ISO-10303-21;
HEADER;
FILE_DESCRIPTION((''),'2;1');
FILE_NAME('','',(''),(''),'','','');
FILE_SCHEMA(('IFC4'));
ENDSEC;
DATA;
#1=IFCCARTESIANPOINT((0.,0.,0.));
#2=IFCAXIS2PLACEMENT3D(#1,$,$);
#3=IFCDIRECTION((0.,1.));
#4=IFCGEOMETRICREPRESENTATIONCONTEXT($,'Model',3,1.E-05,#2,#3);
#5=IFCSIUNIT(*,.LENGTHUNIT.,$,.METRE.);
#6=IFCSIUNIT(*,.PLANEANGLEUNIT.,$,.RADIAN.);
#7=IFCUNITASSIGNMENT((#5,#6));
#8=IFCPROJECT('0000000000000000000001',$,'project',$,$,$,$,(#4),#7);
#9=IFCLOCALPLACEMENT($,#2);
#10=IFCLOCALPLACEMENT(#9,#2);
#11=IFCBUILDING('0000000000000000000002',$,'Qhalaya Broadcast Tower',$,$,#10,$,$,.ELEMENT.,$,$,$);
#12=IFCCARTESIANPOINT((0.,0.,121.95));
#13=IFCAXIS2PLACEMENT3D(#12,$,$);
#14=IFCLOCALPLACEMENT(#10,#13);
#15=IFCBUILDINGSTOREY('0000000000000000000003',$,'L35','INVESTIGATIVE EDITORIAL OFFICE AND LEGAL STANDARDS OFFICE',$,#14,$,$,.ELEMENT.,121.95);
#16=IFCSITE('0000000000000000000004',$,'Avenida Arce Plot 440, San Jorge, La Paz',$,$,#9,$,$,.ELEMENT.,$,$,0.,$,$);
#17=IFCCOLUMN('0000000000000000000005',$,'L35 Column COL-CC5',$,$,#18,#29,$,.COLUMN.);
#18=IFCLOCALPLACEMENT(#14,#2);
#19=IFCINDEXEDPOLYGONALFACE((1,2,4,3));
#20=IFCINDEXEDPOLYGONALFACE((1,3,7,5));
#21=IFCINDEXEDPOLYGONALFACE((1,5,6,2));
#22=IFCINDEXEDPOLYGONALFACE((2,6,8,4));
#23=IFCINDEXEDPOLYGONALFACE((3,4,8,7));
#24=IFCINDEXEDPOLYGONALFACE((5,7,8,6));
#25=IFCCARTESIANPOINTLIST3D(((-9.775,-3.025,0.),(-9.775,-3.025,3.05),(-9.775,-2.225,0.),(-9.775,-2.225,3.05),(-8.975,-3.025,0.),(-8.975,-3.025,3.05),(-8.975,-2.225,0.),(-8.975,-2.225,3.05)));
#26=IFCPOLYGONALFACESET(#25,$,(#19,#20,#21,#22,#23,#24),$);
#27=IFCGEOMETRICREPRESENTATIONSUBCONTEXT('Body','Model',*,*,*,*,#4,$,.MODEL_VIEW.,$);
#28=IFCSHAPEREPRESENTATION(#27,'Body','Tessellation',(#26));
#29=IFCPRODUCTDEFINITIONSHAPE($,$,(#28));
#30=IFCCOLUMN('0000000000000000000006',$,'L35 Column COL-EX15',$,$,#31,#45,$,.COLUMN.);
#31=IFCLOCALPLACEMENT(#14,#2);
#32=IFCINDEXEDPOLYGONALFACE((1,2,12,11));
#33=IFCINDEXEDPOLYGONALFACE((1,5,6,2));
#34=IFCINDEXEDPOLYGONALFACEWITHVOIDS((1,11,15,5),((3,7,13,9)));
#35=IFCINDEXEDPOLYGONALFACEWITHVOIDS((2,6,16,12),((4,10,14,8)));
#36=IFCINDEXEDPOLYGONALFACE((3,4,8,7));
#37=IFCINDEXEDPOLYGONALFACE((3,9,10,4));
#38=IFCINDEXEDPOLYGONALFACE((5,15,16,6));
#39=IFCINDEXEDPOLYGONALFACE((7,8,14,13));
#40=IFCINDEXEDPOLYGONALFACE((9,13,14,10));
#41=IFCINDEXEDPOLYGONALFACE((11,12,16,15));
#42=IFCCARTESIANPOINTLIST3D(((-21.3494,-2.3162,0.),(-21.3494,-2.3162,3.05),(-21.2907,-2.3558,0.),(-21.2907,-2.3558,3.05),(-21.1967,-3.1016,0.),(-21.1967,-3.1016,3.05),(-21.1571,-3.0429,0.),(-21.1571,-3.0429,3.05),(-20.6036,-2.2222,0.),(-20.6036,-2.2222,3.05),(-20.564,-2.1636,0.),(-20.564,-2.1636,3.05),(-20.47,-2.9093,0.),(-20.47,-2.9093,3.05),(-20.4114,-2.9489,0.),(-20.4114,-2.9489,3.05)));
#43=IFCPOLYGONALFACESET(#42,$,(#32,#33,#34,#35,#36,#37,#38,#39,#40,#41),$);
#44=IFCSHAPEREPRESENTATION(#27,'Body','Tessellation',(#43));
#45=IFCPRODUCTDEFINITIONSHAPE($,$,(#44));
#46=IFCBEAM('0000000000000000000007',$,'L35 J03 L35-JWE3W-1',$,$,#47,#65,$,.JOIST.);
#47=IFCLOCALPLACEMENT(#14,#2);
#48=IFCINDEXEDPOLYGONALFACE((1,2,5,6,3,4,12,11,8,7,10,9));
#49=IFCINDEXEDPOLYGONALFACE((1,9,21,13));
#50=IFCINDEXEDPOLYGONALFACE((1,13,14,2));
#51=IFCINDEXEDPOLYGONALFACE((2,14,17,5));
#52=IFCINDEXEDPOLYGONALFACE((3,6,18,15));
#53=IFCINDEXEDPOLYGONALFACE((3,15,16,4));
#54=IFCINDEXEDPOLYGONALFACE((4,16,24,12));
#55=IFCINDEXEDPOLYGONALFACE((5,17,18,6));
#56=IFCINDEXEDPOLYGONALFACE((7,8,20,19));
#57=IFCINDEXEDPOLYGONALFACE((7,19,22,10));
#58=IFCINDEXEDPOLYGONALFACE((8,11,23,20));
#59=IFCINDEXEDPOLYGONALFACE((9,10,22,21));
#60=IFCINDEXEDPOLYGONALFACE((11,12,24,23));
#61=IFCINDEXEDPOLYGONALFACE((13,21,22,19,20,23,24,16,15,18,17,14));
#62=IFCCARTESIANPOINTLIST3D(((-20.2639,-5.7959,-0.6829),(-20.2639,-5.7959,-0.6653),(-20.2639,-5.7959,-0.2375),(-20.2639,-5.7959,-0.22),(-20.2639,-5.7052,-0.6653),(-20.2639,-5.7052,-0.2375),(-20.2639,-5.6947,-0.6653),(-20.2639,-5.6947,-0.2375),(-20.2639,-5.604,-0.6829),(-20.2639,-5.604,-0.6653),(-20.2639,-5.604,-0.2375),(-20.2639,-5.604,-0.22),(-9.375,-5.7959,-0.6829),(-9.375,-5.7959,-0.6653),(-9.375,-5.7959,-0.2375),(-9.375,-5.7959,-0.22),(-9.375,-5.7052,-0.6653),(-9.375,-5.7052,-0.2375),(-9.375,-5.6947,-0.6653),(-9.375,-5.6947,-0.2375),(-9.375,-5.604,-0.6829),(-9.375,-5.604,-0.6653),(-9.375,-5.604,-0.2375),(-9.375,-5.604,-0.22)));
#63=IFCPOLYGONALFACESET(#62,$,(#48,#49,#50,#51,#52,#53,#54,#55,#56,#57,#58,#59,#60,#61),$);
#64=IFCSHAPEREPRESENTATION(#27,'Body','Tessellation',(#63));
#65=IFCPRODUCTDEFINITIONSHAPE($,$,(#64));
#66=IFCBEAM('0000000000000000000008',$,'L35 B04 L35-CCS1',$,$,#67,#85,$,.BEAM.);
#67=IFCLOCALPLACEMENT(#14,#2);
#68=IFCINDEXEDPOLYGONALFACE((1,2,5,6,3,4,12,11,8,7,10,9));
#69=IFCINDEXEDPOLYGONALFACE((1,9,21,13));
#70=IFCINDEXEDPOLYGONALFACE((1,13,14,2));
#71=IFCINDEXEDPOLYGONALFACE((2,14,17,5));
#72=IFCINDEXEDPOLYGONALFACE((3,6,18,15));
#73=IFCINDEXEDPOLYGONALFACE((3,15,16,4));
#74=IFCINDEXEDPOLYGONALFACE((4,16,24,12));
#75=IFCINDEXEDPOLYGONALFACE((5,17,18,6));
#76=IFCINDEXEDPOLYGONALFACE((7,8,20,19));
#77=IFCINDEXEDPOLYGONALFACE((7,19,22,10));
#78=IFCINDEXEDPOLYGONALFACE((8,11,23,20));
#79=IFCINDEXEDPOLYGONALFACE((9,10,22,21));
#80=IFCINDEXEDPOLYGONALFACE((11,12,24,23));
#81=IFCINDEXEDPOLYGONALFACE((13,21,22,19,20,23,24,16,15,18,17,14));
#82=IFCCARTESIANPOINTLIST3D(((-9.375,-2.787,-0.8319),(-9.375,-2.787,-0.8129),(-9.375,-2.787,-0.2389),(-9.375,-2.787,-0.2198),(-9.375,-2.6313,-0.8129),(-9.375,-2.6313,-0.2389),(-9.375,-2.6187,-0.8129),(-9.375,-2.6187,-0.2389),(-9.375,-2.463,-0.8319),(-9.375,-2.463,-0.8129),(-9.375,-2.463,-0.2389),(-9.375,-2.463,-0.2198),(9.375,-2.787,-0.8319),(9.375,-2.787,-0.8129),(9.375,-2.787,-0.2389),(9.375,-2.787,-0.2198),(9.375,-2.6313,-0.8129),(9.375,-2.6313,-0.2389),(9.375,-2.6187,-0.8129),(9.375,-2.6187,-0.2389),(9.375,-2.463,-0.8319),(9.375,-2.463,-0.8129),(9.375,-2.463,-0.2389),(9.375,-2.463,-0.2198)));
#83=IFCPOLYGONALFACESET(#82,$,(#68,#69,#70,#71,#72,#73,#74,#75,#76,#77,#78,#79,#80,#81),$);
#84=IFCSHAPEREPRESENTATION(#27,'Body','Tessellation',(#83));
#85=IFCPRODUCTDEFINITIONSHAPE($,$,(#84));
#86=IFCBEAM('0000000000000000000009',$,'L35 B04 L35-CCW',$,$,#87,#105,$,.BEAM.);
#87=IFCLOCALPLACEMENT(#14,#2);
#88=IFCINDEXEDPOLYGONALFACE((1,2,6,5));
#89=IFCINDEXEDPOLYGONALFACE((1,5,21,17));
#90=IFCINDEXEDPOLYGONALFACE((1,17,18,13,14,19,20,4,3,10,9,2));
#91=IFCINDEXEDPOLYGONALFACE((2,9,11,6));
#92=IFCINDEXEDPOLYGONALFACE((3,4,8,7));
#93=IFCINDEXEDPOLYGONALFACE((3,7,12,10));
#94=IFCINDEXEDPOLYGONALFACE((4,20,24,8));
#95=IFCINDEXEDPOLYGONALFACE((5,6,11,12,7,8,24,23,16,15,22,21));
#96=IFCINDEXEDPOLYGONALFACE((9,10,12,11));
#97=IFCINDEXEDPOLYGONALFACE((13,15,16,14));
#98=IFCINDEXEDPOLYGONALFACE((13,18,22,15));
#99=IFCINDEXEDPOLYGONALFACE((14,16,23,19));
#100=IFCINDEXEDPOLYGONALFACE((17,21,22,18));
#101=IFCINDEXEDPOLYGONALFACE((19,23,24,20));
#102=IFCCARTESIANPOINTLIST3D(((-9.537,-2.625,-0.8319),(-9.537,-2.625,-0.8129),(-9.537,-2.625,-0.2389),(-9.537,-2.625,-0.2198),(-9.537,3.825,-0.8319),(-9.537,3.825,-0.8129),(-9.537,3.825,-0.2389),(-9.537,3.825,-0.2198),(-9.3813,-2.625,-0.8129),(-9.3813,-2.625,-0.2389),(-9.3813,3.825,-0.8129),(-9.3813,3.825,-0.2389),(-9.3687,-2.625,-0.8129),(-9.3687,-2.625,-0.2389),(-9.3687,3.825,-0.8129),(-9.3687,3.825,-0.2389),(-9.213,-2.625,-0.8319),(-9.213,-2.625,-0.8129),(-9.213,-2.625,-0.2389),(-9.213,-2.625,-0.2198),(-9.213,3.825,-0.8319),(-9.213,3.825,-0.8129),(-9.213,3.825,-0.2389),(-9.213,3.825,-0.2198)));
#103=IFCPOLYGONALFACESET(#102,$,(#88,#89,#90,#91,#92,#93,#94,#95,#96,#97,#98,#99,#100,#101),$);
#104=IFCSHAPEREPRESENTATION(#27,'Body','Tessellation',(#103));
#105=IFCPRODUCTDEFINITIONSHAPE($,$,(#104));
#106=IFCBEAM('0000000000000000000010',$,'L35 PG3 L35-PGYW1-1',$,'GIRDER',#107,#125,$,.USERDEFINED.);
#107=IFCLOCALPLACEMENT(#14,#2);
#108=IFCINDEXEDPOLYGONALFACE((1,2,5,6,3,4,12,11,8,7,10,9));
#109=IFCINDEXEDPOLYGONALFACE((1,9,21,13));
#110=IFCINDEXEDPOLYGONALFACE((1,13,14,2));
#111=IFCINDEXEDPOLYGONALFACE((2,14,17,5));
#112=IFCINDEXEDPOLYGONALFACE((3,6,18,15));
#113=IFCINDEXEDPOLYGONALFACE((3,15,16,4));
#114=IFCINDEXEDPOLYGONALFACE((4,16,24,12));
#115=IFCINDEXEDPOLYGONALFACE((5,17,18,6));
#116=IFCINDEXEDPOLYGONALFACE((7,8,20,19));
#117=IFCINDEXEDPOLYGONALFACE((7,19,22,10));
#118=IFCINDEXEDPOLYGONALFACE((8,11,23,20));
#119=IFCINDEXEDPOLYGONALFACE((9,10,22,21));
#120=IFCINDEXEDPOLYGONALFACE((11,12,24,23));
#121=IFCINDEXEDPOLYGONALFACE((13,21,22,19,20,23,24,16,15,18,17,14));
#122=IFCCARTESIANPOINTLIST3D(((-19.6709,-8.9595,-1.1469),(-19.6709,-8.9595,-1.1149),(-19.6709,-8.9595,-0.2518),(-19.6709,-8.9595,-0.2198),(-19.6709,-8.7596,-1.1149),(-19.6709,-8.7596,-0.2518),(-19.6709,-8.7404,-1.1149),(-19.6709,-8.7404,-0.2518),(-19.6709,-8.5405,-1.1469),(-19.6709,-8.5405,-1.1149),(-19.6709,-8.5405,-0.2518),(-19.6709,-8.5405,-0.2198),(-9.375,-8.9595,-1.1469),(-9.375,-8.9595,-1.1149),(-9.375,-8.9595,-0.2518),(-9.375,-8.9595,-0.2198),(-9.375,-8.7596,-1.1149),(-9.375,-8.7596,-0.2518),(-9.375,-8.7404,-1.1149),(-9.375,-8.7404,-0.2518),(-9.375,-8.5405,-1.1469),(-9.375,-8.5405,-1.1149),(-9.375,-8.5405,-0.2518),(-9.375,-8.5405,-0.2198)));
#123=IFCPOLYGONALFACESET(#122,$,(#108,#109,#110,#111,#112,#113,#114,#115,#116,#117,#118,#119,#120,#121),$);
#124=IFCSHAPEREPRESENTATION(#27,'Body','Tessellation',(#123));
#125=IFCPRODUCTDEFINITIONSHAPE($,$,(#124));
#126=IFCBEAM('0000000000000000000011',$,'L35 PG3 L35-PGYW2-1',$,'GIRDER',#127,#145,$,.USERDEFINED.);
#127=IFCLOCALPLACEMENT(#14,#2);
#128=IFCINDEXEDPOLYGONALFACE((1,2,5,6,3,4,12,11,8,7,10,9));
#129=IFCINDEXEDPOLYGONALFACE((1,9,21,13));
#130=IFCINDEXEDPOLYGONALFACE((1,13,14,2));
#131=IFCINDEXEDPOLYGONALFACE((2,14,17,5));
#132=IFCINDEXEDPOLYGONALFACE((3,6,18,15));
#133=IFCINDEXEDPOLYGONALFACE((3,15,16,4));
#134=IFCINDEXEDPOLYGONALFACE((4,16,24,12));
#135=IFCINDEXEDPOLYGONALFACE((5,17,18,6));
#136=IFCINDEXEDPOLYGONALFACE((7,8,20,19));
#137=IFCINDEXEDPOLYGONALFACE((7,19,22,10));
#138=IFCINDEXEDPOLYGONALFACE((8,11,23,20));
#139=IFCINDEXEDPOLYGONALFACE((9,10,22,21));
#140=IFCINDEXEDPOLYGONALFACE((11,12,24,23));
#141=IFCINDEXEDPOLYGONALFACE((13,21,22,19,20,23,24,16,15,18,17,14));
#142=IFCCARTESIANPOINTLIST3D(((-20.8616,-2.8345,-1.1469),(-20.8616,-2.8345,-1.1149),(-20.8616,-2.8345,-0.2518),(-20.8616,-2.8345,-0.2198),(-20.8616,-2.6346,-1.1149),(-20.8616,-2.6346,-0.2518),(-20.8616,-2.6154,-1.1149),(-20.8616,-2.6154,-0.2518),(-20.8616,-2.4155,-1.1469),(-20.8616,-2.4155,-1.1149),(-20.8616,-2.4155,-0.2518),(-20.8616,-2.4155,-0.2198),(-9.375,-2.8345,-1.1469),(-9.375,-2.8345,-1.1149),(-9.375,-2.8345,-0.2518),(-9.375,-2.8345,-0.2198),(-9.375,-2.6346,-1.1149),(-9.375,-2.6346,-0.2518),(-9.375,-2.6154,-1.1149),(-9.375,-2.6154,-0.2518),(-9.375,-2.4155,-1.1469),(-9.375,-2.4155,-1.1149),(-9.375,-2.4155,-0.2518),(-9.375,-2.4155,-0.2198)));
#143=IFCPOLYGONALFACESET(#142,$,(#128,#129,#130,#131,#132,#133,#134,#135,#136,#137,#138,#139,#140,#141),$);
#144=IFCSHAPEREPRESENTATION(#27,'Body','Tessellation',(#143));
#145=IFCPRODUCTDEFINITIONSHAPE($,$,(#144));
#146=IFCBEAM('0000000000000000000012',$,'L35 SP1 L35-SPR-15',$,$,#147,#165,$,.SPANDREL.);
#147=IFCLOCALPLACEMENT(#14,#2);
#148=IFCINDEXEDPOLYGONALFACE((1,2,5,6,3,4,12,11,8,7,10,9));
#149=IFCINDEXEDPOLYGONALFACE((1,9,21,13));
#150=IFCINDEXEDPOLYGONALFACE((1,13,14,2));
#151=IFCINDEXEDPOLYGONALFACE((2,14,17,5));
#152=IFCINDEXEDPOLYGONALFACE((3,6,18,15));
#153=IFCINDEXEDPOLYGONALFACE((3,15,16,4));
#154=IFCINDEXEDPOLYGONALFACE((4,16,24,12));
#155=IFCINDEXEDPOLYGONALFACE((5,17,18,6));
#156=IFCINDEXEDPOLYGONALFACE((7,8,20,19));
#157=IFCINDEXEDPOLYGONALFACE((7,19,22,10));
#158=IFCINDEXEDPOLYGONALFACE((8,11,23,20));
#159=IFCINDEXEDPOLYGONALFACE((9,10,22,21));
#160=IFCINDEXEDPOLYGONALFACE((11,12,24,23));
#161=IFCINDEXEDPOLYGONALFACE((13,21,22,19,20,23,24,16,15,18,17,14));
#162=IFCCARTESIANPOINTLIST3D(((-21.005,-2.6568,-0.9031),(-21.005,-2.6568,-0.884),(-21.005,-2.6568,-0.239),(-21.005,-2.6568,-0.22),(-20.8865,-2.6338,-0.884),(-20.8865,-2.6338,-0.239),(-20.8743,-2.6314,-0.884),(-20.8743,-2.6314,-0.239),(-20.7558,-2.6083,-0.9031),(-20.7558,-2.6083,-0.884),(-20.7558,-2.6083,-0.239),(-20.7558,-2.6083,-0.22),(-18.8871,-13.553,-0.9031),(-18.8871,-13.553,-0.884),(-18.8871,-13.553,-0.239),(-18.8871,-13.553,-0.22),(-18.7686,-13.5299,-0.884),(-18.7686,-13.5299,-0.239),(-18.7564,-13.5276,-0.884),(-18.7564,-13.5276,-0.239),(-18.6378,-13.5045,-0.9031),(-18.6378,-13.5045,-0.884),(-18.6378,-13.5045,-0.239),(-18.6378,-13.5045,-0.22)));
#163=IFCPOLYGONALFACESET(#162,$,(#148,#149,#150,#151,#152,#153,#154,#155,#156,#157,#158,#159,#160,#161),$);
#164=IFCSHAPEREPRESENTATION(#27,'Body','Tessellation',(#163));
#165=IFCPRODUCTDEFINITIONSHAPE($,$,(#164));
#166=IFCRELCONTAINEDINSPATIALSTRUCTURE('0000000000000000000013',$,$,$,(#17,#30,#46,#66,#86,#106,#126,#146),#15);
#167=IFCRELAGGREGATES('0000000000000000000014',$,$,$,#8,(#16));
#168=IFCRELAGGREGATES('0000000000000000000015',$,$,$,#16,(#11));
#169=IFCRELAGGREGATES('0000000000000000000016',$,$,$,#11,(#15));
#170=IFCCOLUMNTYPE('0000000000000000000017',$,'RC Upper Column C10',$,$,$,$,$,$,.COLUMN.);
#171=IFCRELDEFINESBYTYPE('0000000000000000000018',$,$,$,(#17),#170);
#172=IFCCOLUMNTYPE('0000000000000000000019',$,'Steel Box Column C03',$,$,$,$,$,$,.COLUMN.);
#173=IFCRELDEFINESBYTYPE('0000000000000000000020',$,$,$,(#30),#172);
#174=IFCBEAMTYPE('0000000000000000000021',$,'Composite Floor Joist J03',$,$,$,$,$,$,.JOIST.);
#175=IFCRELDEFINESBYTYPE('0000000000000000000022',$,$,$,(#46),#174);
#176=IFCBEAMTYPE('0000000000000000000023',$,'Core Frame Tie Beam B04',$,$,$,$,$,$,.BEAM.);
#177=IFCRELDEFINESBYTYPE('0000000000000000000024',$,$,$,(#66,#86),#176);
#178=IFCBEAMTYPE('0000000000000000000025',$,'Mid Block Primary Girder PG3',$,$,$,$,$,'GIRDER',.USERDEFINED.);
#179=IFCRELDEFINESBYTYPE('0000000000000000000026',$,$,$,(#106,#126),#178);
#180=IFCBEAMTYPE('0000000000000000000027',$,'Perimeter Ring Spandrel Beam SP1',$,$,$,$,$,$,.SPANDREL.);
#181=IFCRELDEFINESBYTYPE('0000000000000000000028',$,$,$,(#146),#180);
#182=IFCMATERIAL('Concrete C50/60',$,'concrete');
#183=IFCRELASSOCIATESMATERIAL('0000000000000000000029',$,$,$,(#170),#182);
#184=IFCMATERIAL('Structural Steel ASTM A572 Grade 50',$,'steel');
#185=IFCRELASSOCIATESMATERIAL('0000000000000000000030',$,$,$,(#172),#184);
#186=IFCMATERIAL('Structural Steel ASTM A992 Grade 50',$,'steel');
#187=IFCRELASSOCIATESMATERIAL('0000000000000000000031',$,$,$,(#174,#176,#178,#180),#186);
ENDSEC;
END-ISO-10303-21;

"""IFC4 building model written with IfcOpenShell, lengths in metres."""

from ifc_helpers import new_model, si_unit, direction, frame, origin, origin_2d, place, context, subcontext, project, spatial, rectangle, hollow_rectangle, i_section, extrude, material, material_profile, profile_set, type_object, element, save


model = new_model("IFC4")

# Units and contexts
model_context = context("Model", 3, precision=1e-05, world=origin(), true_north=direction((0.0, 1.0)))
body_context = subcontext(model_context, "Body", "Model", "MODEL_VIEW")
ifc_project = project(units=[si_unit("LENGTHUNIT", "METRE"), si_unit("PLANEANGLEUNIT", "RADIAN")], contexts=[model_context])

# Site, building, storey
site_placement = place(None, origin())
site = spatial("IfcSite", under=ifc_project, at=site_placement, Name="Avenida Arce Plot 440, San Jorge, La Paz", CompositionType="ELEMENT", RefElevation=0.0)
building_placement = place(site_placement, origin())
building = spatial("IfcBuilding", under=site, at=building_placement, Name="Qhalaya Broadcast Tower", CompositionType="ELEMENT")
storey_placement = place(building_placement, frame((0.0, 0.0, 121.95)))
storey = spatial("IfcBuildingStorey", under=building, at=storey_placement, Name="L35", Description="INVESTIGATIVE EDITORIAL OFFICE AND LEGAL STANDARDS OFFICE", CompositionType="ELEMENT", Elevation=121.95)

# Columns
ifc_material_1 = material(Name="Concrete C50/60", Category="concrete")
ifc_material_profile_1 = material_profile(ifc_material_1, rectangle(XDim=0.8, YDim=0.8, at=origin_2d()), Name="RC-COL 800x800")
ifc_profile_set_1 = profile_set([ifc_material_profile_1], Name="Concrete C50/60")
column_type_1 = type_object("IfcColumnType", Name="RC Upper Column C10", PredefinedType="COLUMN", material=ifc_profile_set_1)
column_1_placement = place(storey_placement, frame((-9.375, -2.625, 0.0), z_axis=(0.0, 0.0, 1.0), x_axis=(1.0, 0.0, 0.0)))
element("IfcColumn", 1, at=column_1_placement, inside=storey, type_object=column_type_1, Name="L35 Column COL-CC5", PredefinedType="COLUMN", context=body_context, shape_type="SweptSolid", body=[
    extrude(rectangle(XDim=0.8, YDim=0.8, at=origin_2d()), origin(), (0.0, 0.0, 1.0), 3.05),
])
ifc_material_2 = material(Name="Structural Steel ASTM A572 Grade 50", Category="steel")
ifc_material_profile_2 = material_profile(ifc_material_2, hollow_rectangle(XDim=0.8, YDim=0.8, WallThickness=0.05, at=origin_2d()), Name="BOX 800x800x50")
ifc_profile_set_2 = profile_set([ifc_material_profile_2], Name="Structural Steel ASTM A572 Grade 50")
column_type_2 = type_object("IfcColumnType", Name="Steel Box Column C03", PredefinedType="COLUMN", material=ifc_profile_set_2)
column_2_placement = place(storey_placement, frame((-20.8804, -2.6326, 0.0), z_axis=(0.0, 0.0, 1.0), x_axis=(-0.190809, 0.981627, 0.0)))
element("IfcColumn", 2, at=column_2_placement, inside=storey, type_object=column_type_2, Name="L35 Column COL-EX15", PredefinedType="COLUMN", context=body_context, shape_type="SweptSolid", body=[
    extrude(hollow_rectangle(XDim=0.8, YDim=0.8, WallThickness=0.05, at=origin_2d()), origin(), (0.0, 0.0, 1.0), 3.05),
])

# Beams
ifc_material_3 = material(Name="Structural Steel ASTM A992 Grade 50", Category="steel")
ifc_material_profile_3 = material_profile(ifc_material_3, i_section(OverallWidth=0.1919, OverallDepth=0.4629, WebThickness=0.0105, FlangeThickness=0.0176, at=origin_2d()), Name="W18X60")
ifc_profile_set_3 = profile_set([ifc_material_profile_3], Name="Structural Steel ASTM A992 Grade 50")
beam_type_1 = type_object("IfcBeamType", Name="Composite Floor Joist J03", PredefinedType="JOIST", material=ifc_profile_set_3)
beam_1_placement = place(storey_placement, frame((-20.2639, -5.7, -0.4514), z_axis=(1.0, 0.0, 0.0), x_axis=(0.0, 1.0, 0.0)))
element("IfcBeam", 3, at=beam_1_placement, inside=storey, type_object=beam_type_1, Name="L35 J03 L35-JWE3W-1", PredefinedType="JOIST", context=body_context, shape_type="SweptSolid", body=[
    extrude(i_section(OverallWidth=0.1919, OverallDepth=0.4629, WebThickness=0.0105, FlangeThickness=0.0176, at=origin_2d()), origin(), (0.0, 0.0, 1.0), 10.8889),
])
ifc_material_profile_4 = material_profile(ifc_material_3, i_section(OverallWidth=0.324, OverallDepth=0.6121, WebThickness=0.0127, FlangeThickness=0.019, at=origin_2d()), Name="W24X104")
ifc_profile_set_4 = profile_set([ifc_material_profile_4], Name="Structural Steel ASTM A992 Grade 50")
beam_type_2 = type_object("IfcBeamType", Name="Core Frame Tie Beam B04", PredefinedType="BEAM", material=ifc_profile_set_4)
beam_2_placement = place(storey_placement, frame((-9.375, -2.625, -0.5259), z_axis=(1.0, 0.0, 0.0), x_axis=(0.0, 1.0, 0.0)))
element("IfcBeam", 4, at=beam_2_placement, inside=storey, type_object=beam_type_2, Name="L35 B04 L35-CCS1", PredefinedType="BEAM", context=body_context, shape_type="SweptSolid", body=[
    extrude(i_section(OverallWidth=0.324, OverallDepth=0.6121, WebThickness=0.0127, FlangeThickness=0.019, at=origin_2d()), origin(), (0.0, 0.0, 1.0), 18.75),
])
beam_3_placement = place(storey_placement, frame((-9.375, -2.625, -0.5259), z_axis=(0.0, 1.0, 0.0), x_axis=(-1.0, 0.0, 0.0)))
element("IfcBeam", 5, at=beam_3_placement, inside=storey, type_object=beam_type_2, Name="L35 B04 L35-CCW", PredefinedType="BEAM", context=body_context, shape_type="SweptSolid", body=[
    extrude(i_section(OverallWidth=0.324, OverallDepth=0.6121, WebThickness=0.0127, FlangeThickness=0.019, at=origin_2d()), origin(), (0.0, 0.0, 1.0), 6.45),
])
ifc_material_profile_5 = material_profile(ifc_material_3, i_section(OverallWidth=0.4189, OverallDepth=0.927, WebThickness=0.0193, FlangeThickness=0.032, at=origin_2d()), Name="W36X231")
ifc_profile_set_5 = profile_set([ifc_material_profile_5], Name="Structural Steel ASTM A992 Grade 50")
beam_type_3 = type_object("IfcBeamType", Name="Mid Block Primary Girder PG3", ElementType="GIRDER", PredefinedType="USERDEFINED", material=ifc_profile_set_5)
beam_4_placement = place(storey_placement, frame((-19.6709, -8.75, -0.6833), z_axis=(1.0, 0.0, 0.0), x_axis=(0.0, 1.0, 0.0)))
element("IfcBeam", 6, at=beam_4_placement, inside=storey, type_object=beam_type_3, Name="L35 PG3 L35-PGYW1-1", ObjectType="GIRDER", PredefinedType="USERDEFINED", context=body_context, shape_type="SweptSolid", body=[
    extrude(i_section(OverallWidth=0.4189, OverallDepth=0.927, WebThickness=0.0193, FlangeThickness=0.032, at=origin_2d()), origin(), (0.0, 0.0, 1.0), 10.2959),
])
beam_5_placement = place(storey_placement, frame((-20.8616, -2.625, -0.6833), z_axis=(1.0, 0.0, 0.0), x_axis=(0.0, 1.0, 0.0)))
element("IfcBeam", 7, at=beam_5_placement, inside=storey, type_object=beam_type_3, Name="L35 PG3 L35-PGYW2-1", ObjectType="GIRDER", PredefinedType="USERDEFINED", context=body_context, shape_type="SweptSolid", body=[
    extrude(i_section(OverallWidth=0.4189, OverallDepth=0.927, WebThickness=0.0193, FlangeThickness=0.032, at=origin_2d()), origin(), (0.0, 0.0, 1.0), 11.4866),
])
ifc_material_profile_6 = material_profile(ifc_material_3, i_section(OverallWidth=0.2539, OverallDepth=0.6831, WebThickness=0.0125, FlangeThickness=0.019, at=origin_2d()), Name="W27X94")
ifc_profile_set_6 = profile_set([ifc_material_profile_6], Name="Structural Steel ASTM A992 Grade 50")
beam_type_4 = type_object("IfcBeamType", Name="Perimeter Ring Spandrel Beam SP1", PredefinedType="SPANDREL", material=ifc_profile_set_6)
beam_6_placement = place(storey_placement, frame((-20.8804, -2.6326, -0.5615), z_axis=(0.190801, -0.981629, 0.0), x_axis=(0.981629, 0.190801, 0.0)))
element("IfcBeam", 8, at=beam_6_placement, inside=storey, type_object=beam_type_4, Name="L35 SP1 L35-SPR-15", PredefinedType="SPANDREL", context=body_context, shape_type="SweptSolid", body=[
    extrude(i_section(OverallWidth=0.2539, OverallDepth=0.6831, WebThickness=0.0125, FlangeThickness=0.019, at=origin_2d()), origin(), (0.0, 0.0, 1.0), 11.1001),
])

save(model, "model.ifc")
